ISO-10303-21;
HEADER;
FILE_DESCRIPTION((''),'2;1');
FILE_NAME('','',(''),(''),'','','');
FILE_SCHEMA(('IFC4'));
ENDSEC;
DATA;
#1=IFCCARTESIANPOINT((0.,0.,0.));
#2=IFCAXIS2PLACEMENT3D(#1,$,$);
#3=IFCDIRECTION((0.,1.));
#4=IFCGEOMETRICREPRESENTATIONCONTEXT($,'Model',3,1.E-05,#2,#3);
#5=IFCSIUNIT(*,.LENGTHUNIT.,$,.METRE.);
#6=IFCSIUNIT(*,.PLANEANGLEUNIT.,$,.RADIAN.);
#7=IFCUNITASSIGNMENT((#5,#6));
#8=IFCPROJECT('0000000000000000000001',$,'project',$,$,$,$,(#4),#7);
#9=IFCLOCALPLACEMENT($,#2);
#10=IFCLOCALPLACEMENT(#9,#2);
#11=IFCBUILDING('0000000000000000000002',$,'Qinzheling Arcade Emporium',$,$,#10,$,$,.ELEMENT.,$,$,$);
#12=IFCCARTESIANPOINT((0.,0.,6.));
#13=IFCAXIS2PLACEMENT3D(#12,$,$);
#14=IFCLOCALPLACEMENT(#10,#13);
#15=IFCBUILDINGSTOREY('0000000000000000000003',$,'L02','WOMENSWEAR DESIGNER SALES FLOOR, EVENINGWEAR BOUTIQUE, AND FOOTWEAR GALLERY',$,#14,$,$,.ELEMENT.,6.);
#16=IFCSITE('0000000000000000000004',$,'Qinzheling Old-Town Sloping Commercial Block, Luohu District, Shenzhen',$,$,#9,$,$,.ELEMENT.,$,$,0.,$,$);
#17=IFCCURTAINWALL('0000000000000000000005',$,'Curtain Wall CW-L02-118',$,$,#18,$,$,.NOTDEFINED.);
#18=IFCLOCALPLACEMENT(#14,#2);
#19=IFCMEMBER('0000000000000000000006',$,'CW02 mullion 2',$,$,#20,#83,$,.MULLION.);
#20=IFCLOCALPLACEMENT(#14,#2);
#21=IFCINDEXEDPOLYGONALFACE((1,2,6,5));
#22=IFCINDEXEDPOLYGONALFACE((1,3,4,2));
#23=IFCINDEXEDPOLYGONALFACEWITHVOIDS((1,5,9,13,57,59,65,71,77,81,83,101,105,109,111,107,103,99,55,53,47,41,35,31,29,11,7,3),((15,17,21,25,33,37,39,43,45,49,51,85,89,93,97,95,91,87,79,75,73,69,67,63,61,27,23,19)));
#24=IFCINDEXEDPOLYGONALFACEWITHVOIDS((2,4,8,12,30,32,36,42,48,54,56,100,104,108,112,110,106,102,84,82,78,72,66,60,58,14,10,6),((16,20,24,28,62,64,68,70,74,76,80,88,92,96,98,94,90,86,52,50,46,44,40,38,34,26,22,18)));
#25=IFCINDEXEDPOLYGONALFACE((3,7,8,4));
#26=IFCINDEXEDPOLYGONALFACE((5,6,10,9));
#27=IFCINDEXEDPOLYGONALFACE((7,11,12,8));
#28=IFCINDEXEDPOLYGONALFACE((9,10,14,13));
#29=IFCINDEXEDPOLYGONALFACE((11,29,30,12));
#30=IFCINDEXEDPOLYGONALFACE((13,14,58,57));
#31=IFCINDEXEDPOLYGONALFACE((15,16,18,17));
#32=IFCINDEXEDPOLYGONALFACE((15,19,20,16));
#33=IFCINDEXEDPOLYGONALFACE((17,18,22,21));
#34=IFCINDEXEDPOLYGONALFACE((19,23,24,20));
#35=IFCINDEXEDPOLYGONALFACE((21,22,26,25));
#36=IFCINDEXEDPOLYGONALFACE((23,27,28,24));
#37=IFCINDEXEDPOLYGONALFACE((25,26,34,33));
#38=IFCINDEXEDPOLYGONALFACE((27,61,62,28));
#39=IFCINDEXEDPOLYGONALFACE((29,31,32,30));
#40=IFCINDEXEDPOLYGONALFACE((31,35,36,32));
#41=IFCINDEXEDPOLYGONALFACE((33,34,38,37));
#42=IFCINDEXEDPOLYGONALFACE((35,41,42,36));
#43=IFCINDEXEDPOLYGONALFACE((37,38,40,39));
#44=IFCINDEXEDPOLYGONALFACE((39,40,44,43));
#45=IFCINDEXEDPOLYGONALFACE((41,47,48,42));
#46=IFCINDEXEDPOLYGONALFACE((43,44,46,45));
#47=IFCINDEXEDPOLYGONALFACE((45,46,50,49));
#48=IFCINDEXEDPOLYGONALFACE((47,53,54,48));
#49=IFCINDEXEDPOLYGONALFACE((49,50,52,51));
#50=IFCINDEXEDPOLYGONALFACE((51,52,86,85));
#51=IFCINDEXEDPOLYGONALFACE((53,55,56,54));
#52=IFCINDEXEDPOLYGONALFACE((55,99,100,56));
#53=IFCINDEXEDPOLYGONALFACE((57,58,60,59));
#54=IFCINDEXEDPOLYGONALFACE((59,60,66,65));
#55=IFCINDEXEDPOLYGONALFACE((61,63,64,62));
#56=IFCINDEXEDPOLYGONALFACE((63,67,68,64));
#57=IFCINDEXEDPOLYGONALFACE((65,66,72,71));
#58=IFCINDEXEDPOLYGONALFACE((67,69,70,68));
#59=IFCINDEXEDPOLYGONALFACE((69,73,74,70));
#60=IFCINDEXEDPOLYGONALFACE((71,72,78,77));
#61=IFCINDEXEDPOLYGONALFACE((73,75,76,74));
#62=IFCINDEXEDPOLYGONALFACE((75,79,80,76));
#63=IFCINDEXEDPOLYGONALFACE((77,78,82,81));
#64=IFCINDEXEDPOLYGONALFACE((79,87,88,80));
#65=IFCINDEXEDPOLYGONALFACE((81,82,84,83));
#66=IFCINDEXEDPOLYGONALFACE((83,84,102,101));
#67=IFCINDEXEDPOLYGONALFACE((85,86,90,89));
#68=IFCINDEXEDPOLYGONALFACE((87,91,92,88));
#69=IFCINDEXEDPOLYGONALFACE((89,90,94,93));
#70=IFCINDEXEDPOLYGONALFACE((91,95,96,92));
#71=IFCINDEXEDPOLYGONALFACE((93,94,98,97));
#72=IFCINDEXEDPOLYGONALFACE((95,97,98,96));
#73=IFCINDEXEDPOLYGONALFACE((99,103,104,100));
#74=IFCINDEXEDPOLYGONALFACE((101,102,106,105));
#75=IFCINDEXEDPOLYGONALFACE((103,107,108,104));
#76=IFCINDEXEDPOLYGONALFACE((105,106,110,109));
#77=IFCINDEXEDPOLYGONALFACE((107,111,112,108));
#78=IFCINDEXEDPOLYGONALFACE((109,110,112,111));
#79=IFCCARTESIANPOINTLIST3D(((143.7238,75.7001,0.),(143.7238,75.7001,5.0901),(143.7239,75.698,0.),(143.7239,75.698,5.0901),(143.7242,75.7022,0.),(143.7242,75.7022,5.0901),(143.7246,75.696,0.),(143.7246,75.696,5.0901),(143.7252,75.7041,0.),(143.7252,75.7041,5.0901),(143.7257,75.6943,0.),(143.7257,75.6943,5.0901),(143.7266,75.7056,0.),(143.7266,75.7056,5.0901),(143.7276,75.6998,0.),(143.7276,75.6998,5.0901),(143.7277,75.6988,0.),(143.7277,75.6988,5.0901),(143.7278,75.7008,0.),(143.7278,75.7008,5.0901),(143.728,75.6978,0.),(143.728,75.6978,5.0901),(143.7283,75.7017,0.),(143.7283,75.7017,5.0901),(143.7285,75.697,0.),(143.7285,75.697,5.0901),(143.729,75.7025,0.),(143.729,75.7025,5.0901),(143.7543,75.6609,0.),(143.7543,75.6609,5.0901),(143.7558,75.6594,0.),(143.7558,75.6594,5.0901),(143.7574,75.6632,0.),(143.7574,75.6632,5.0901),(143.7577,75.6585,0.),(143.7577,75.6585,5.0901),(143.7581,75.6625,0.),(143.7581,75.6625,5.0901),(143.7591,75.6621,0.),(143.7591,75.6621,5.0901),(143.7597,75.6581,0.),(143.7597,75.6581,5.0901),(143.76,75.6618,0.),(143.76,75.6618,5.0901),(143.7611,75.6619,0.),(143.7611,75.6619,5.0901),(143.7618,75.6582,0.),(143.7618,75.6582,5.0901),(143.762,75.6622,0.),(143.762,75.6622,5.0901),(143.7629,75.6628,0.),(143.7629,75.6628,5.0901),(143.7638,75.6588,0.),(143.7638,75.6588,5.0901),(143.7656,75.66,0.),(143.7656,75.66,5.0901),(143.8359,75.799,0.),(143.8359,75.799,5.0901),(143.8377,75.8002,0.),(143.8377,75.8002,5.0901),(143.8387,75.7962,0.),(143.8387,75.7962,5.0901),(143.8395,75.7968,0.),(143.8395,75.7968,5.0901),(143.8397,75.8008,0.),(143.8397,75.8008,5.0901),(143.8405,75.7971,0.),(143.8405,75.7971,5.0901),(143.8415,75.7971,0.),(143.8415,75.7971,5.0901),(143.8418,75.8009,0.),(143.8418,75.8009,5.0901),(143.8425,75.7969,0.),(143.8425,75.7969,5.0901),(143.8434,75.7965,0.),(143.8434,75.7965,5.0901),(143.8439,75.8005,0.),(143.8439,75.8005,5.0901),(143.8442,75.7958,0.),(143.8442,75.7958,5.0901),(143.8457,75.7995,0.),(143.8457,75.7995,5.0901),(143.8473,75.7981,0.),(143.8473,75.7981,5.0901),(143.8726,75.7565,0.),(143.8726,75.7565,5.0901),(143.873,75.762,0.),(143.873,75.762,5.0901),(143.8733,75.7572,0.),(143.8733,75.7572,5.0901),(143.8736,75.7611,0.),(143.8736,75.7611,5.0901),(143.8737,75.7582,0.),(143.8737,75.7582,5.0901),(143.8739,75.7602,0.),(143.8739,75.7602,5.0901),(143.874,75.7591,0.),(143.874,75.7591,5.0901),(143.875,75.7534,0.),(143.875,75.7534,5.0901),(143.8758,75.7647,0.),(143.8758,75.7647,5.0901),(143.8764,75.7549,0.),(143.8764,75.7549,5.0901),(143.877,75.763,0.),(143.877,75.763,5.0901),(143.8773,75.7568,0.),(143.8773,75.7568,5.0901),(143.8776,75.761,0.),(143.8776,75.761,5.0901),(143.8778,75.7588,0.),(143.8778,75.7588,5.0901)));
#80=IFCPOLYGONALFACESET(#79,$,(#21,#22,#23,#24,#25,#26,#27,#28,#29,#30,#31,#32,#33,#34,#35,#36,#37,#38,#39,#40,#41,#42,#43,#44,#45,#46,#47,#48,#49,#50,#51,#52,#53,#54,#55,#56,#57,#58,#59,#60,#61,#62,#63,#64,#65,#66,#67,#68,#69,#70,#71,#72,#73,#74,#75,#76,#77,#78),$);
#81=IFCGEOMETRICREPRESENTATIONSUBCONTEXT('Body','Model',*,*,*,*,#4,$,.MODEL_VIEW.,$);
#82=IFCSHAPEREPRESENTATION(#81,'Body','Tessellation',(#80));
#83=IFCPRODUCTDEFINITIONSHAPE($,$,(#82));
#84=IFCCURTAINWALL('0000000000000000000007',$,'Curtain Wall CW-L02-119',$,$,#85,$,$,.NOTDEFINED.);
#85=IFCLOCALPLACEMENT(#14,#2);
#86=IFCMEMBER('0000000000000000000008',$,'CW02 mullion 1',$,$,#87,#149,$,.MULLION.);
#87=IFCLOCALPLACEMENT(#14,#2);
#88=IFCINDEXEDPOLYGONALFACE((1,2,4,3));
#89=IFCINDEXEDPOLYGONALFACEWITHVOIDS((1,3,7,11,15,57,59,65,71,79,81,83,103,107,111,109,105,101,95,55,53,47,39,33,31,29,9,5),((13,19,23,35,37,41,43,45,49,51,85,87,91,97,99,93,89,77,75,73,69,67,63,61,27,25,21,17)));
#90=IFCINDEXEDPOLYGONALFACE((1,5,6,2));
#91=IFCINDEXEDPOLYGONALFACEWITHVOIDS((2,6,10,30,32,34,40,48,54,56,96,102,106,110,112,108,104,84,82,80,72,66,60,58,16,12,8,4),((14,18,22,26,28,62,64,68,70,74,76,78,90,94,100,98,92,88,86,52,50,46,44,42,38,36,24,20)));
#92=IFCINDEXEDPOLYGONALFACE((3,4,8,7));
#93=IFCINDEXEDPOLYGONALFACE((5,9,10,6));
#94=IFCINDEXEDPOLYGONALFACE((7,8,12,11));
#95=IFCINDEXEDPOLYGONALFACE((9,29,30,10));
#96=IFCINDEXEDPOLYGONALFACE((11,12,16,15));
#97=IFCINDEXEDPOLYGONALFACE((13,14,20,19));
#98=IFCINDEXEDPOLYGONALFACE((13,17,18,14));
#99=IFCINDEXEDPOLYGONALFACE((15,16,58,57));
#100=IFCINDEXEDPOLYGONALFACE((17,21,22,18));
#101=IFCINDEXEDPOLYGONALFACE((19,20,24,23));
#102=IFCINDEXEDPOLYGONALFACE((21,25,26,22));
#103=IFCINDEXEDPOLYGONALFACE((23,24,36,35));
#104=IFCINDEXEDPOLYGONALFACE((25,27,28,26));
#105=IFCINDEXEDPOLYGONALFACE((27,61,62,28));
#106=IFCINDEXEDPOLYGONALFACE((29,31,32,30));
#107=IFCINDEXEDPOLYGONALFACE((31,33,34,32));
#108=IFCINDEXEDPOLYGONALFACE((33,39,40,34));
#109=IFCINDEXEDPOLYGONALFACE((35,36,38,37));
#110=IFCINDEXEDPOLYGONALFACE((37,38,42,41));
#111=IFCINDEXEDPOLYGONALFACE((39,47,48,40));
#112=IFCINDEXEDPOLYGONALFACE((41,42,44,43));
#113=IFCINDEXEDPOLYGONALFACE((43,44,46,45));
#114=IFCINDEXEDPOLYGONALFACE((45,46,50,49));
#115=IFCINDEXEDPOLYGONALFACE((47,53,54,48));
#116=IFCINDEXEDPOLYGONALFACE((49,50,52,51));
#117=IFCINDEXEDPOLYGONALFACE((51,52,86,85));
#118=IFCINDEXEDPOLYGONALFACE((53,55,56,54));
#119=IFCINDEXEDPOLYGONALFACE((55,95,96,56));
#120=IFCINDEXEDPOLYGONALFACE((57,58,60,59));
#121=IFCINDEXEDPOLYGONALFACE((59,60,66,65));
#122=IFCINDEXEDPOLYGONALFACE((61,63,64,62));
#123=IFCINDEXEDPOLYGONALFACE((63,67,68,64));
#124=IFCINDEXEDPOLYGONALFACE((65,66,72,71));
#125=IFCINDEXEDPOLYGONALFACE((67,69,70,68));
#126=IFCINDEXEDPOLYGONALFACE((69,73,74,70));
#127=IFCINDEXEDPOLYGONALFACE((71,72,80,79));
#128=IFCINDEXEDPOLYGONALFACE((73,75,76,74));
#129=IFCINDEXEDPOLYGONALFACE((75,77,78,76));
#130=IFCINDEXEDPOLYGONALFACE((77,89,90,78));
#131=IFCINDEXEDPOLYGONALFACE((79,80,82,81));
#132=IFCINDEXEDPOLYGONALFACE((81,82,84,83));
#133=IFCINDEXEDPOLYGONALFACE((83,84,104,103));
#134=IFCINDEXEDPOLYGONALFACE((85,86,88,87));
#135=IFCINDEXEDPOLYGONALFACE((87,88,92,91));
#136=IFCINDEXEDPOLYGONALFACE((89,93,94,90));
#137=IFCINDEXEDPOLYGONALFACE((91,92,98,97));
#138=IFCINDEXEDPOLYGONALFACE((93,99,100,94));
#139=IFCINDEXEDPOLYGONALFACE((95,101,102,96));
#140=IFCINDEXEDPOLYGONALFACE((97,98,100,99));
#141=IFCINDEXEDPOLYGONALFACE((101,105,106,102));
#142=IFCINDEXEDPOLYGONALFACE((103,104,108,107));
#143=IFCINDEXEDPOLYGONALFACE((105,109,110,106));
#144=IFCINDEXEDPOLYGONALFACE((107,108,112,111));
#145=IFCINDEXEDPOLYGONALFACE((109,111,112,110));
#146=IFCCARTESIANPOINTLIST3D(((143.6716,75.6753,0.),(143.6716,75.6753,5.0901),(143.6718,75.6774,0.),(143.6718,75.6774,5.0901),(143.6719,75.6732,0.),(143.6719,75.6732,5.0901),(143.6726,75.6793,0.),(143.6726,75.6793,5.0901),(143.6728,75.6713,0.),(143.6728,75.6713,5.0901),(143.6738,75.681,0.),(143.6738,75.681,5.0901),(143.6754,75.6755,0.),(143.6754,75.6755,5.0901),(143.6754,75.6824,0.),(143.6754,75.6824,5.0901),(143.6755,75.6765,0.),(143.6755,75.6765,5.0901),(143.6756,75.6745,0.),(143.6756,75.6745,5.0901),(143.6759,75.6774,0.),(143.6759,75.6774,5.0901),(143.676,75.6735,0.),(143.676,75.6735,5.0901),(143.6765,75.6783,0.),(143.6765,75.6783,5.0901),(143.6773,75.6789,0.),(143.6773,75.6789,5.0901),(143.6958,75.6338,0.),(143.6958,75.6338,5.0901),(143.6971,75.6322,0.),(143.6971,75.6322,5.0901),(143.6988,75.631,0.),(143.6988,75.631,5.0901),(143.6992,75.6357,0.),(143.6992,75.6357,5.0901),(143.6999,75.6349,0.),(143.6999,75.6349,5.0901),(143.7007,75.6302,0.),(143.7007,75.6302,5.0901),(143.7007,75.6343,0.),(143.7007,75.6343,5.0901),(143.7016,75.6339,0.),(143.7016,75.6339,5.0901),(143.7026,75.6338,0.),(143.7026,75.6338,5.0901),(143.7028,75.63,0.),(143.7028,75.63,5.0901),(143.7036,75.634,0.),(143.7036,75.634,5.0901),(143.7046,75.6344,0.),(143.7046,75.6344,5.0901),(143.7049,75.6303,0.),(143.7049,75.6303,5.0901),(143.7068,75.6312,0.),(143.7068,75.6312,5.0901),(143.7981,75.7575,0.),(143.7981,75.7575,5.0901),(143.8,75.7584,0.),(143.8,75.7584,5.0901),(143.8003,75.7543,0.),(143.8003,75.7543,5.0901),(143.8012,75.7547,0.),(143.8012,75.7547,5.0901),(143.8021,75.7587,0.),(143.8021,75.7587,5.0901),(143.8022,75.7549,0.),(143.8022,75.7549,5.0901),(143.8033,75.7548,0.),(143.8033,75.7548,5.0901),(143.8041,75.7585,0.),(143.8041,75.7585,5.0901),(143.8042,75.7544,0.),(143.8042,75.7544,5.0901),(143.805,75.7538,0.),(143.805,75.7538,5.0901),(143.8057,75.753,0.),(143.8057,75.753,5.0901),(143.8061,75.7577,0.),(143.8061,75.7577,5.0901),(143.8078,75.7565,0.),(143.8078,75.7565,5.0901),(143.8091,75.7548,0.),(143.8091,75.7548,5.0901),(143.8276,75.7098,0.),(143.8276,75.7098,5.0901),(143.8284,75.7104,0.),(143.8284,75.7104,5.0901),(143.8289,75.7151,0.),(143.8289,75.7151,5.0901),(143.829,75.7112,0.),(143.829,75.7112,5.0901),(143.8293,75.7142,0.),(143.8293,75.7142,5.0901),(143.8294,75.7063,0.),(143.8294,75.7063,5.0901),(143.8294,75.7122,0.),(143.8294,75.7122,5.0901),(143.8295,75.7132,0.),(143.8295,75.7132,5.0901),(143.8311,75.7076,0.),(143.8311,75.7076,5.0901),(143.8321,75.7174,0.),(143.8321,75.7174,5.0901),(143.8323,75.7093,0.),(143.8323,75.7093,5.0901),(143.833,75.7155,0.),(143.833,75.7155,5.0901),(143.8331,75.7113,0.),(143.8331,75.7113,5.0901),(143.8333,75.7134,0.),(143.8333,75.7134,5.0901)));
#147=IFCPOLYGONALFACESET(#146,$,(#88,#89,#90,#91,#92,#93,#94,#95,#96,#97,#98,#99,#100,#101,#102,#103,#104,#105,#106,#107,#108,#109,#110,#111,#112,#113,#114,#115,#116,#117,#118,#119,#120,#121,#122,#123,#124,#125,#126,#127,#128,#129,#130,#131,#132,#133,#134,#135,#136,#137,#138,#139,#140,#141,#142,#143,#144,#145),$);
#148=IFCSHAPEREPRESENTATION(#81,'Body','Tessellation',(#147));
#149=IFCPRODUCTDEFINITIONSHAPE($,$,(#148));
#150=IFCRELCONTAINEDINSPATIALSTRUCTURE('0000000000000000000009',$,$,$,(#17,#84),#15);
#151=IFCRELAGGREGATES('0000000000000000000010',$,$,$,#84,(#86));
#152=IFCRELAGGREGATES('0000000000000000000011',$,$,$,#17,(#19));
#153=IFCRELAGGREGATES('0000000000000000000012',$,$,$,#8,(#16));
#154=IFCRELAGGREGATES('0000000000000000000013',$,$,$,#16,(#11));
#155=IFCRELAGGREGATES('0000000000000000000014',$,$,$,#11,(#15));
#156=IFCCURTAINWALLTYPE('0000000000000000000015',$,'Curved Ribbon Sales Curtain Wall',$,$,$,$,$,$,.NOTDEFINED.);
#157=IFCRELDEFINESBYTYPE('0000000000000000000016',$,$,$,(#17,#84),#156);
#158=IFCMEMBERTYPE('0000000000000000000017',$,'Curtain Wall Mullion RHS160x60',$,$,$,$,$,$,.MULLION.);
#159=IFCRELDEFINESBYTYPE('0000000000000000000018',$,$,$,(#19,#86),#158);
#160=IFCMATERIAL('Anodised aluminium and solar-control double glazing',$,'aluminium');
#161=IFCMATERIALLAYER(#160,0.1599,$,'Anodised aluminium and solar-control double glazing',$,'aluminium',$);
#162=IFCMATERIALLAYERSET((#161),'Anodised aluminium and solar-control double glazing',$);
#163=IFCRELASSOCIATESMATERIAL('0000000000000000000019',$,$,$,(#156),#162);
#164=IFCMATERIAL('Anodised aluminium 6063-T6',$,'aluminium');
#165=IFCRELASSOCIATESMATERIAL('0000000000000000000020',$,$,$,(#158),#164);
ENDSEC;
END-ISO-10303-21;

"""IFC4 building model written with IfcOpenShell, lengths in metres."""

from ifc_helpers import new_model, si_unit, direction, frame, origin, origin_2d, place, context, subcontext, project, spatial, hollow_rectangle, extrude, material, layer, layer_set, material_profile, profile_set, type_object, element, aggregate, save


model = new_model("IFC4")

# Units and contexts
model_context = context("Model", 3, precision=1e-05, world=origin(), true_north=direction((0.0, 1.0)))
body_context = subcontext(model_context, "Body", "Model", "MODEL_VIEW")
ifc_project = project(units=[si_unit("LENGTHUNIT", "METRE"), si_unit("PLANEANGLEUNIT", "RADIAN")], contexts=[model_context])

# Site, building, storey
site_placement = place(None, origin())
site = spatial("IfcSite", under=ifc_project, at=site_placement, Name="Qinzheling Old-Town Sloping Commercial Block, Luohu District, Shenzhen", CompositionType="ELEMENT", RefElevation=0.0)
building_placement = place(site_placement, origin())
building = spatial("IfcBuilding", under=site, at=building_placement, Name="Qinzheling Arcade Emporium", CompositionType="ELEMENT")
storey_placement = place(building_placement, frame((0.0, 0.0, 6.0)))
storey = spatial("IfcBuildingStorey", under=building, at=storey_placement, Name="L02", Description="WOMENSWEAR DESIGNER SALES FLOOR, EVENINGWEAR BOUTIQUE, AND FOOTWEAR GALLERY", CompositionType="ELEMENT", Elevation=6.0)

# Shared definitions
ifc_material_1 = material(Name="Anodised aluminium and solar-control double glazing", Category="aluminium")
ifc_layer_1 = layer(ifc_material_1, 0.1599, Name="Anodised aluminium and solar-control double glazing", Category="aluminium")
ifc_layer_set_1 = layer_set([ifc_layer_1], Name="Anodised aluminium and solar-control double glazing")
curtain_wall_type = type_object("IfcCurtainWallType", Name="Curved Ribbon Sales Curtain Wall", PredefinedType="NOTDEFINED", material=ifc_layer_set_1)
ifc_material_2 = material(Name="Anodised aluminium 6063-T6", Category="aluminium")
ifc_material_profile_1 = material_profile(ifc_material_2, hollow_rectangle(XDim=0.0601, YDim=0.1599, WallThickness=0.0039, InnerFilletRadius=0.0039, OuterFilletRadius=0.0081, at=origin_2d()), Name="RHS 160x60x4", Category="aluminium")
ifc_profile_set_1 = profile_set([ifc_material_profile_1], Name="Anodised aluminium 6063-T6")
member_type_1 = type_object("IfcMemberType", Name="Curtain Wall Mullion RHS160x60", PredefinedType="MULLION", material=ifc_profile_set_1)

# Curtain wall, member
curtain_wall_1_placement = place(storey_placement, origin())
curtain_wall_1 = element("IfcCurtainWall", 1, at=curtain_wall_1_placement, inside=storey, type_object=curtain_wall_type, Name="Curtain Wall CW-L02-118", PredefinedType="NOTDEFINED")
member_1_placement = place(storey_placement, frame((143.8008, 75.7295, 0.0), z_axis=(0.0, 0.0, 1.0), x_axis=(0.649478, -0.76038, 0.0)))
member_1 = element("IfcMember", 2, at=member_1_placement, type_object=member_type_1, Name="CW02 mullion 2", PredefinedType="MULLION", context=body_context, shape_type="SweptSolid", body=[
    extrude(hollow_rectangle(XDim=0.0601, YDim=0.1599, WallThickness=0.0039, InnerFilletRadius=0.0039, OuterFilletRadius=0.0081, at=origin_2d()), origin(), (0.0, 0.0, 1.0), 5.0901),
])

# Curtain wall, member
curtain_wall_2_placement = place(storey_placement, origin())
curtain_wall_2 = element("IfcCurtainWall", 3, at=curtain_wall_2_placement, inside=storey, type_object=curtain_wall_type, Name="Curtain Wall CW-L02-119", PredefinedType="NOTDEFINED")
member_2_placement = place(storey_placement, frame((143.7524, 75.6943, 0.0), z_axis=(0.0, 0.0, 1.0), x_axis=(0.522532, -0.85262, 0.0)))
member_2 = element("IfcMember", 4, at=member_2_placement, type_object=member_type_1, Name="CW02 mullion 1", PredefinedType="MULLION", context=body_context, shape_type="SweptSolid", body=[
    extrude(hollow_rectangle(XDim=0.0601, YDim=0.1599, WallThickness=0.0039, InnerFilletRadius=0.0039, OuterFilletRadius=0.0081, at=origin_2d()), origin(), (0.0, 0.0, 1.0), 5.0901),
])
aggregate(curtain_wall_2, [member_2])

aggregate(curtain_wall_1, [member_1])

save(model, "model.ifc")
